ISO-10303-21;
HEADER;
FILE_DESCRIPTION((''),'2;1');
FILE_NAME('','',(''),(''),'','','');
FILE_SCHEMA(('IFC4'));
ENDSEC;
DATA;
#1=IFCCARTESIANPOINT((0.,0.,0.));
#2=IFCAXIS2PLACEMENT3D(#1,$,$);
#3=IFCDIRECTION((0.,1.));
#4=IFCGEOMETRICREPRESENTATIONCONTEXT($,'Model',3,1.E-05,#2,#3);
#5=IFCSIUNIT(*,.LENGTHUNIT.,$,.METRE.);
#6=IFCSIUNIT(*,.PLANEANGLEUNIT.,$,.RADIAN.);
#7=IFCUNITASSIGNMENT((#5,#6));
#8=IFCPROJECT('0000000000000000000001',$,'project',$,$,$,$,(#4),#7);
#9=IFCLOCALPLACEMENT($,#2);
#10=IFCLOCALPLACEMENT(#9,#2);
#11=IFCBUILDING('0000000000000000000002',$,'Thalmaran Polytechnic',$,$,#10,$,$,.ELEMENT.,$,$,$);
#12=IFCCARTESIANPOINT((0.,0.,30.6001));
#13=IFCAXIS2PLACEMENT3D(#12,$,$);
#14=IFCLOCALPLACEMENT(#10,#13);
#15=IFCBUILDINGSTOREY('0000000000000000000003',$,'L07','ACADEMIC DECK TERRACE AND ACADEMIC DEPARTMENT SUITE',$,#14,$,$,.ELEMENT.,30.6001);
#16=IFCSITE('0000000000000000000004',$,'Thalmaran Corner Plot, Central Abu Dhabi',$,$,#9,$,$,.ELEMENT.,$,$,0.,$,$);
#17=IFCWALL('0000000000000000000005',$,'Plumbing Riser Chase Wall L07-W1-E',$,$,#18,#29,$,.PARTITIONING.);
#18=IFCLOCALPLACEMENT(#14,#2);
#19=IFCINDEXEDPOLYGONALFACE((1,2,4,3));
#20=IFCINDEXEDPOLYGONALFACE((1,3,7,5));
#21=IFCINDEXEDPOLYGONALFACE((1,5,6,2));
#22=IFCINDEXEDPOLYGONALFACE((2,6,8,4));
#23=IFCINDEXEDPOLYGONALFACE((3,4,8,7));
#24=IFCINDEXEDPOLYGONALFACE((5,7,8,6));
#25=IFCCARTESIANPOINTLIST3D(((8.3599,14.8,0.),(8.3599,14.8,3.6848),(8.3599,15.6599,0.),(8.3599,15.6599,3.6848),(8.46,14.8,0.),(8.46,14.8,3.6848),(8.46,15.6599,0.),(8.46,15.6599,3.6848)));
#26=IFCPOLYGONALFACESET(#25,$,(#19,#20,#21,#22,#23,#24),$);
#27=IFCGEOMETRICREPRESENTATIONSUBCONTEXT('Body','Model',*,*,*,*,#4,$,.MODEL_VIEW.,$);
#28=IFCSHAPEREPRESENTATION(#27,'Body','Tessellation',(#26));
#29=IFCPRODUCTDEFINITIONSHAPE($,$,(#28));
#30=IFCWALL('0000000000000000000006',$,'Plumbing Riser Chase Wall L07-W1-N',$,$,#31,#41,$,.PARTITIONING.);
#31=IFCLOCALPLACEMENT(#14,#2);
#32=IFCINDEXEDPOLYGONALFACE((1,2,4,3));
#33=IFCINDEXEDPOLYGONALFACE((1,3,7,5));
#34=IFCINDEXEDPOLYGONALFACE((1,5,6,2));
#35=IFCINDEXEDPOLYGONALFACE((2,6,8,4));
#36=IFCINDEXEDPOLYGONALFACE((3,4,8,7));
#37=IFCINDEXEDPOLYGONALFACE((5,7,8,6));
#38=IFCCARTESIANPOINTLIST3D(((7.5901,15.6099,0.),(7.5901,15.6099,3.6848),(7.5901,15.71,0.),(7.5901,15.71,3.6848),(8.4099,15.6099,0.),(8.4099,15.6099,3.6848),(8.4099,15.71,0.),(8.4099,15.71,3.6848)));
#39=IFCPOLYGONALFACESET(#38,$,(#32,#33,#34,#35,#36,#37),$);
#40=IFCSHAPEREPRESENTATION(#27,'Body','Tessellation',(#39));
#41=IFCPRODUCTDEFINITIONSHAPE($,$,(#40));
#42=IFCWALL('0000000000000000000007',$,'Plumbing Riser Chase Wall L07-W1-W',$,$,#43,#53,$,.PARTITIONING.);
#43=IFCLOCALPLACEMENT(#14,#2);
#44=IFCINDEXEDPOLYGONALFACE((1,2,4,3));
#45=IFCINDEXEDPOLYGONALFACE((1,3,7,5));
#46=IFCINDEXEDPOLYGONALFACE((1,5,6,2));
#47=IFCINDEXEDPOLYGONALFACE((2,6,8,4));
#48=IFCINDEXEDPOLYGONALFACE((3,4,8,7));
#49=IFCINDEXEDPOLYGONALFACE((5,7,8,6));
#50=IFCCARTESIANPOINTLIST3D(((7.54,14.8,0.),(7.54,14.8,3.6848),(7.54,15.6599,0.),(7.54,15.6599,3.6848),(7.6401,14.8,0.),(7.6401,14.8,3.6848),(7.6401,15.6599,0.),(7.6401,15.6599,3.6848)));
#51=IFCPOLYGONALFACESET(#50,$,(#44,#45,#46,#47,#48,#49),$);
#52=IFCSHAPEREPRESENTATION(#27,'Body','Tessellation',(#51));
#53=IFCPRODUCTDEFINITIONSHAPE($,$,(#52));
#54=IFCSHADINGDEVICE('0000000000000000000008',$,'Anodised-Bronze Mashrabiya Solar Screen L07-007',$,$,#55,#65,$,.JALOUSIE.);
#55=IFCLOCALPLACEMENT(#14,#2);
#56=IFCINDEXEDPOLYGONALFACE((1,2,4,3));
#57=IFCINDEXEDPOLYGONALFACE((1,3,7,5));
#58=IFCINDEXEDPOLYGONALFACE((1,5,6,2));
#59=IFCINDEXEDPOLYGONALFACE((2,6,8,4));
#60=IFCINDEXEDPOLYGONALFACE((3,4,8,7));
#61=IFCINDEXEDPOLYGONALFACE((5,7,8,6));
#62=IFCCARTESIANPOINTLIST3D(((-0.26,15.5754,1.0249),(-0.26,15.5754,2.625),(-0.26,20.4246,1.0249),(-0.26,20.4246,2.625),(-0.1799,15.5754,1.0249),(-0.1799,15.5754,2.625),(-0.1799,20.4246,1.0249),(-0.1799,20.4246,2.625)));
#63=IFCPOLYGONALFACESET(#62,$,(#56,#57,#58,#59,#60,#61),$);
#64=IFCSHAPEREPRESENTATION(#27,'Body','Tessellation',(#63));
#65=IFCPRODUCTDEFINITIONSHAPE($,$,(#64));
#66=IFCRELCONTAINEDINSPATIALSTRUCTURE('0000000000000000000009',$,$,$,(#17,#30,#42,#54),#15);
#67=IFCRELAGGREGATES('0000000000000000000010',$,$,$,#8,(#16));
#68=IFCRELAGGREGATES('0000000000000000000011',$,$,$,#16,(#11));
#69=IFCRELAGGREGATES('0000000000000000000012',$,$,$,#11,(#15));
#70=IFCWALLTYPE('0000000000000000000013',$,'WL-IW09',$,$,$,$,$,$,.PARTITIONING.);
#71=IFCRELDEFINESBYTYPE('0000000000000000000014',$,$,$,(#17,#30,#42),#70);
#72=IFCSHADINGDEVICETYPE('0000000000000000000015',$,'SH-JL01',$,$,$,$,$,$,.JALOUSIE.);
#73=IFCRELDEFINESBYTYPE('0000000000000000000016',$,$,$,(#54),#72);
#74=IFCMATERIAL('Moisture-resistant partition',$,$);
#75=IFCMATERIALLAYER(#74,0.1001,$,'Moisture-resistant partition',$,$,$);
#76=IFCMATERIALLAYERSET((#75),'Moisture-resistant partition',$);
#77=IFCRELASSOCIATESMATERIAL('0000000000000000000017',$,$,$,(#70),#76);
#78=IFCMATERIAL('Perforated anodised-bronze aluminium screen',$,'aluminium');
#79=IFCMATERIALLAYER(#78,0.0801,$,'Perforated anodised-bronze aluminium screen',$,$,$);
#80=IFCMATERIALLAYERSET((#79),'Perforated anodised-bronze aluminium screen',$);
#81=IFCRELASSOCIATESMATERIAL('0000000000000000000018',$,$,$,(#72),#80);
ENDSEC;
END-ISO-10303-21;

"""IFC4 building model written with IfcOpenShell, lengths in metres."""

from ifc_helpers import new_model, si_unit, direction, frame, frame_2d, origin, origin_2d, place, context, subcontext, project, spatial, rectangle, extrude, material, layer, layer_set, type_object, element, save


model = new_model("IFC4")

# Units and contexts
model_context = context("Model", 3, precision=1e-05, world=origin(), true_north=direction((0.0, 1.0)))
body_context = subcontext(model_context, "Body", "Model", "MODEL_VIEW")
ifc_project = project(units=[si_unit("LENGTHUNIT", "METRE"), si_unit("PLANEANGLEUNIT", "RADIAN")], contexts=[model_context])

# Site, building, storey
site_placement = place(None, origin())
site = spatial("IfcSite", under=ifc_project, at=site_placement, Name="Thalmaran Corner Plot, Central Abu Dhabi", CompositionType="ELEMENT", RefElevation=0.0)
building_placement = place(site_placement, origin())
building = spatial("IfcBuilding", under=site, at=building_placement, Name="Thalmaran Polytechnic", CompositionType="ELEMENT")
storey_placement = place(building_placement, frame((0.0, 0.0, 30.6001)))
storey = spatial("IfcBuildingStorey", under=building, at=storey_placement, Name="L07", Description="ACADEMIC DECK TERRACE AND ACADEMIC DEPARTMENT SUITE", CompositionType="ELEMENT", Elevation=30.6001)

# Walls
ifc_material_1 = material(Name="Moisture-resistant partition")
ifc_layer_1 = layer(ifc_material_1, 0.1001, Name="Moisture-resistant partition")
ifc_layer_set_1 = layer_set([ifc_layer_1], Name="Moisture-resistant partition")
wall_type_1 = type_object("IfcWallType", Name="WL-IW09", PredefinedType="PARTITIONING", material=ifc_layer_set_1)
wall_1_placement = place(storey_placement, frame((8.4099, 14.8, 0.0), z_axis=(0.0, 0.0, 1.0), x_axis=(0.0, 1.0, 0.0)))
element("IfcWall", 1, at=wall_1_placement, inside=storey, type_object=wall_type_1, Name="Plumbing Riser Chase Wall L07-W1-E", PredefinedType="PARTITIONING", context=body_context, shape_type="SweptSolid", body=[
    extrude(rectangle(XDim=0.8599, YDim=0.1001, at=frame_2d((0.4299, 0.0))), origin(), (0.0, 0.0, 1.0), 3.6848),
])
wall_2_placement = place(storey_placement, frame((8.4099, 15.6599, 0.0), z_axis=(0.0, 0.0, 1.0), x_axis=(-1.0, 0.0, 0.0)))
element("IfcWall", 2, at=wall_2_placement, inside=storey, type_object=wall_type_1, Name="Plumbing Riser Chase Wall L07-W1-N", PredefinedType="PARTITIONING", context=body_context, shape_type="SweptSolid", body=[
    extrude(rectangle(XDim=0.8198, YDim=0.1001, at=frame_2d((0.4099, 0.0))), origin(), (0.0, 0.0, 1.0), 3.6848),
])
wall_3_placement = place(storey_placement, frame((7.5901, 15.6599, 0.0), z_axis=(0.0, 0.0, 1.0), x_axis=(0.0, -1.0, 0.0)))
element("IfcWall", 3, at=wall_3_placement, inside=storey, type_object=wall_type_1, Name="Plumbing Riser Chase Wall L07-W1-W", PredefinedType="PARTITIONING", context=body_context, shape_type="SweptSolid", body=[
    extrude(rectangle(XDim=0.8599, YDim=0.1001, at=frame_2d((0.4299, 0.0))), origin(), (0.0, 0.0, 1.0), 3.6848),
])

# Shading device
ifc_material_2 = material(Name="Perforated anodised-bronze aluminium screen", Category="aluminium")
ifc_layer_2 = layer(ifc_material_2, 0.0801, Name="Perforated anodised-bronze aluminium screen")
ifc_layer_set_2 = layer_set([ifc_layer_2], Name="Perforated anodised-bronze aluminium screen")
shading_device_type = type_object("IfcShadingDeviceType", Name="SH-JL01", PredefinedType="JALOUSIE", material=ifc_layer_set_2)
shading_device_placement = place(storey_placement, frame((-0.22, 18.0, 1.0249), z_axis=(0.0, 0.0, 1.0), x_axis=(0.0, 1.0, 0.0)))
element("IfcShadingDevice", 4, at=shading_device_placement, inside=storey, type_object=shading_device_type, Name="Anodised-Bronze Mashrabiya Solar Screen L07-007", PredefinedType="JALOUSIE", context=body_context, shape_type="SweptSolid", body=[
    extrude(rectangle(XDim=4.8491, YDim=0.0801, at=origin_2d()), origin(), (0.0, 0.0, 1.0), 1.6001),
])

save(model, "model.ifc")
